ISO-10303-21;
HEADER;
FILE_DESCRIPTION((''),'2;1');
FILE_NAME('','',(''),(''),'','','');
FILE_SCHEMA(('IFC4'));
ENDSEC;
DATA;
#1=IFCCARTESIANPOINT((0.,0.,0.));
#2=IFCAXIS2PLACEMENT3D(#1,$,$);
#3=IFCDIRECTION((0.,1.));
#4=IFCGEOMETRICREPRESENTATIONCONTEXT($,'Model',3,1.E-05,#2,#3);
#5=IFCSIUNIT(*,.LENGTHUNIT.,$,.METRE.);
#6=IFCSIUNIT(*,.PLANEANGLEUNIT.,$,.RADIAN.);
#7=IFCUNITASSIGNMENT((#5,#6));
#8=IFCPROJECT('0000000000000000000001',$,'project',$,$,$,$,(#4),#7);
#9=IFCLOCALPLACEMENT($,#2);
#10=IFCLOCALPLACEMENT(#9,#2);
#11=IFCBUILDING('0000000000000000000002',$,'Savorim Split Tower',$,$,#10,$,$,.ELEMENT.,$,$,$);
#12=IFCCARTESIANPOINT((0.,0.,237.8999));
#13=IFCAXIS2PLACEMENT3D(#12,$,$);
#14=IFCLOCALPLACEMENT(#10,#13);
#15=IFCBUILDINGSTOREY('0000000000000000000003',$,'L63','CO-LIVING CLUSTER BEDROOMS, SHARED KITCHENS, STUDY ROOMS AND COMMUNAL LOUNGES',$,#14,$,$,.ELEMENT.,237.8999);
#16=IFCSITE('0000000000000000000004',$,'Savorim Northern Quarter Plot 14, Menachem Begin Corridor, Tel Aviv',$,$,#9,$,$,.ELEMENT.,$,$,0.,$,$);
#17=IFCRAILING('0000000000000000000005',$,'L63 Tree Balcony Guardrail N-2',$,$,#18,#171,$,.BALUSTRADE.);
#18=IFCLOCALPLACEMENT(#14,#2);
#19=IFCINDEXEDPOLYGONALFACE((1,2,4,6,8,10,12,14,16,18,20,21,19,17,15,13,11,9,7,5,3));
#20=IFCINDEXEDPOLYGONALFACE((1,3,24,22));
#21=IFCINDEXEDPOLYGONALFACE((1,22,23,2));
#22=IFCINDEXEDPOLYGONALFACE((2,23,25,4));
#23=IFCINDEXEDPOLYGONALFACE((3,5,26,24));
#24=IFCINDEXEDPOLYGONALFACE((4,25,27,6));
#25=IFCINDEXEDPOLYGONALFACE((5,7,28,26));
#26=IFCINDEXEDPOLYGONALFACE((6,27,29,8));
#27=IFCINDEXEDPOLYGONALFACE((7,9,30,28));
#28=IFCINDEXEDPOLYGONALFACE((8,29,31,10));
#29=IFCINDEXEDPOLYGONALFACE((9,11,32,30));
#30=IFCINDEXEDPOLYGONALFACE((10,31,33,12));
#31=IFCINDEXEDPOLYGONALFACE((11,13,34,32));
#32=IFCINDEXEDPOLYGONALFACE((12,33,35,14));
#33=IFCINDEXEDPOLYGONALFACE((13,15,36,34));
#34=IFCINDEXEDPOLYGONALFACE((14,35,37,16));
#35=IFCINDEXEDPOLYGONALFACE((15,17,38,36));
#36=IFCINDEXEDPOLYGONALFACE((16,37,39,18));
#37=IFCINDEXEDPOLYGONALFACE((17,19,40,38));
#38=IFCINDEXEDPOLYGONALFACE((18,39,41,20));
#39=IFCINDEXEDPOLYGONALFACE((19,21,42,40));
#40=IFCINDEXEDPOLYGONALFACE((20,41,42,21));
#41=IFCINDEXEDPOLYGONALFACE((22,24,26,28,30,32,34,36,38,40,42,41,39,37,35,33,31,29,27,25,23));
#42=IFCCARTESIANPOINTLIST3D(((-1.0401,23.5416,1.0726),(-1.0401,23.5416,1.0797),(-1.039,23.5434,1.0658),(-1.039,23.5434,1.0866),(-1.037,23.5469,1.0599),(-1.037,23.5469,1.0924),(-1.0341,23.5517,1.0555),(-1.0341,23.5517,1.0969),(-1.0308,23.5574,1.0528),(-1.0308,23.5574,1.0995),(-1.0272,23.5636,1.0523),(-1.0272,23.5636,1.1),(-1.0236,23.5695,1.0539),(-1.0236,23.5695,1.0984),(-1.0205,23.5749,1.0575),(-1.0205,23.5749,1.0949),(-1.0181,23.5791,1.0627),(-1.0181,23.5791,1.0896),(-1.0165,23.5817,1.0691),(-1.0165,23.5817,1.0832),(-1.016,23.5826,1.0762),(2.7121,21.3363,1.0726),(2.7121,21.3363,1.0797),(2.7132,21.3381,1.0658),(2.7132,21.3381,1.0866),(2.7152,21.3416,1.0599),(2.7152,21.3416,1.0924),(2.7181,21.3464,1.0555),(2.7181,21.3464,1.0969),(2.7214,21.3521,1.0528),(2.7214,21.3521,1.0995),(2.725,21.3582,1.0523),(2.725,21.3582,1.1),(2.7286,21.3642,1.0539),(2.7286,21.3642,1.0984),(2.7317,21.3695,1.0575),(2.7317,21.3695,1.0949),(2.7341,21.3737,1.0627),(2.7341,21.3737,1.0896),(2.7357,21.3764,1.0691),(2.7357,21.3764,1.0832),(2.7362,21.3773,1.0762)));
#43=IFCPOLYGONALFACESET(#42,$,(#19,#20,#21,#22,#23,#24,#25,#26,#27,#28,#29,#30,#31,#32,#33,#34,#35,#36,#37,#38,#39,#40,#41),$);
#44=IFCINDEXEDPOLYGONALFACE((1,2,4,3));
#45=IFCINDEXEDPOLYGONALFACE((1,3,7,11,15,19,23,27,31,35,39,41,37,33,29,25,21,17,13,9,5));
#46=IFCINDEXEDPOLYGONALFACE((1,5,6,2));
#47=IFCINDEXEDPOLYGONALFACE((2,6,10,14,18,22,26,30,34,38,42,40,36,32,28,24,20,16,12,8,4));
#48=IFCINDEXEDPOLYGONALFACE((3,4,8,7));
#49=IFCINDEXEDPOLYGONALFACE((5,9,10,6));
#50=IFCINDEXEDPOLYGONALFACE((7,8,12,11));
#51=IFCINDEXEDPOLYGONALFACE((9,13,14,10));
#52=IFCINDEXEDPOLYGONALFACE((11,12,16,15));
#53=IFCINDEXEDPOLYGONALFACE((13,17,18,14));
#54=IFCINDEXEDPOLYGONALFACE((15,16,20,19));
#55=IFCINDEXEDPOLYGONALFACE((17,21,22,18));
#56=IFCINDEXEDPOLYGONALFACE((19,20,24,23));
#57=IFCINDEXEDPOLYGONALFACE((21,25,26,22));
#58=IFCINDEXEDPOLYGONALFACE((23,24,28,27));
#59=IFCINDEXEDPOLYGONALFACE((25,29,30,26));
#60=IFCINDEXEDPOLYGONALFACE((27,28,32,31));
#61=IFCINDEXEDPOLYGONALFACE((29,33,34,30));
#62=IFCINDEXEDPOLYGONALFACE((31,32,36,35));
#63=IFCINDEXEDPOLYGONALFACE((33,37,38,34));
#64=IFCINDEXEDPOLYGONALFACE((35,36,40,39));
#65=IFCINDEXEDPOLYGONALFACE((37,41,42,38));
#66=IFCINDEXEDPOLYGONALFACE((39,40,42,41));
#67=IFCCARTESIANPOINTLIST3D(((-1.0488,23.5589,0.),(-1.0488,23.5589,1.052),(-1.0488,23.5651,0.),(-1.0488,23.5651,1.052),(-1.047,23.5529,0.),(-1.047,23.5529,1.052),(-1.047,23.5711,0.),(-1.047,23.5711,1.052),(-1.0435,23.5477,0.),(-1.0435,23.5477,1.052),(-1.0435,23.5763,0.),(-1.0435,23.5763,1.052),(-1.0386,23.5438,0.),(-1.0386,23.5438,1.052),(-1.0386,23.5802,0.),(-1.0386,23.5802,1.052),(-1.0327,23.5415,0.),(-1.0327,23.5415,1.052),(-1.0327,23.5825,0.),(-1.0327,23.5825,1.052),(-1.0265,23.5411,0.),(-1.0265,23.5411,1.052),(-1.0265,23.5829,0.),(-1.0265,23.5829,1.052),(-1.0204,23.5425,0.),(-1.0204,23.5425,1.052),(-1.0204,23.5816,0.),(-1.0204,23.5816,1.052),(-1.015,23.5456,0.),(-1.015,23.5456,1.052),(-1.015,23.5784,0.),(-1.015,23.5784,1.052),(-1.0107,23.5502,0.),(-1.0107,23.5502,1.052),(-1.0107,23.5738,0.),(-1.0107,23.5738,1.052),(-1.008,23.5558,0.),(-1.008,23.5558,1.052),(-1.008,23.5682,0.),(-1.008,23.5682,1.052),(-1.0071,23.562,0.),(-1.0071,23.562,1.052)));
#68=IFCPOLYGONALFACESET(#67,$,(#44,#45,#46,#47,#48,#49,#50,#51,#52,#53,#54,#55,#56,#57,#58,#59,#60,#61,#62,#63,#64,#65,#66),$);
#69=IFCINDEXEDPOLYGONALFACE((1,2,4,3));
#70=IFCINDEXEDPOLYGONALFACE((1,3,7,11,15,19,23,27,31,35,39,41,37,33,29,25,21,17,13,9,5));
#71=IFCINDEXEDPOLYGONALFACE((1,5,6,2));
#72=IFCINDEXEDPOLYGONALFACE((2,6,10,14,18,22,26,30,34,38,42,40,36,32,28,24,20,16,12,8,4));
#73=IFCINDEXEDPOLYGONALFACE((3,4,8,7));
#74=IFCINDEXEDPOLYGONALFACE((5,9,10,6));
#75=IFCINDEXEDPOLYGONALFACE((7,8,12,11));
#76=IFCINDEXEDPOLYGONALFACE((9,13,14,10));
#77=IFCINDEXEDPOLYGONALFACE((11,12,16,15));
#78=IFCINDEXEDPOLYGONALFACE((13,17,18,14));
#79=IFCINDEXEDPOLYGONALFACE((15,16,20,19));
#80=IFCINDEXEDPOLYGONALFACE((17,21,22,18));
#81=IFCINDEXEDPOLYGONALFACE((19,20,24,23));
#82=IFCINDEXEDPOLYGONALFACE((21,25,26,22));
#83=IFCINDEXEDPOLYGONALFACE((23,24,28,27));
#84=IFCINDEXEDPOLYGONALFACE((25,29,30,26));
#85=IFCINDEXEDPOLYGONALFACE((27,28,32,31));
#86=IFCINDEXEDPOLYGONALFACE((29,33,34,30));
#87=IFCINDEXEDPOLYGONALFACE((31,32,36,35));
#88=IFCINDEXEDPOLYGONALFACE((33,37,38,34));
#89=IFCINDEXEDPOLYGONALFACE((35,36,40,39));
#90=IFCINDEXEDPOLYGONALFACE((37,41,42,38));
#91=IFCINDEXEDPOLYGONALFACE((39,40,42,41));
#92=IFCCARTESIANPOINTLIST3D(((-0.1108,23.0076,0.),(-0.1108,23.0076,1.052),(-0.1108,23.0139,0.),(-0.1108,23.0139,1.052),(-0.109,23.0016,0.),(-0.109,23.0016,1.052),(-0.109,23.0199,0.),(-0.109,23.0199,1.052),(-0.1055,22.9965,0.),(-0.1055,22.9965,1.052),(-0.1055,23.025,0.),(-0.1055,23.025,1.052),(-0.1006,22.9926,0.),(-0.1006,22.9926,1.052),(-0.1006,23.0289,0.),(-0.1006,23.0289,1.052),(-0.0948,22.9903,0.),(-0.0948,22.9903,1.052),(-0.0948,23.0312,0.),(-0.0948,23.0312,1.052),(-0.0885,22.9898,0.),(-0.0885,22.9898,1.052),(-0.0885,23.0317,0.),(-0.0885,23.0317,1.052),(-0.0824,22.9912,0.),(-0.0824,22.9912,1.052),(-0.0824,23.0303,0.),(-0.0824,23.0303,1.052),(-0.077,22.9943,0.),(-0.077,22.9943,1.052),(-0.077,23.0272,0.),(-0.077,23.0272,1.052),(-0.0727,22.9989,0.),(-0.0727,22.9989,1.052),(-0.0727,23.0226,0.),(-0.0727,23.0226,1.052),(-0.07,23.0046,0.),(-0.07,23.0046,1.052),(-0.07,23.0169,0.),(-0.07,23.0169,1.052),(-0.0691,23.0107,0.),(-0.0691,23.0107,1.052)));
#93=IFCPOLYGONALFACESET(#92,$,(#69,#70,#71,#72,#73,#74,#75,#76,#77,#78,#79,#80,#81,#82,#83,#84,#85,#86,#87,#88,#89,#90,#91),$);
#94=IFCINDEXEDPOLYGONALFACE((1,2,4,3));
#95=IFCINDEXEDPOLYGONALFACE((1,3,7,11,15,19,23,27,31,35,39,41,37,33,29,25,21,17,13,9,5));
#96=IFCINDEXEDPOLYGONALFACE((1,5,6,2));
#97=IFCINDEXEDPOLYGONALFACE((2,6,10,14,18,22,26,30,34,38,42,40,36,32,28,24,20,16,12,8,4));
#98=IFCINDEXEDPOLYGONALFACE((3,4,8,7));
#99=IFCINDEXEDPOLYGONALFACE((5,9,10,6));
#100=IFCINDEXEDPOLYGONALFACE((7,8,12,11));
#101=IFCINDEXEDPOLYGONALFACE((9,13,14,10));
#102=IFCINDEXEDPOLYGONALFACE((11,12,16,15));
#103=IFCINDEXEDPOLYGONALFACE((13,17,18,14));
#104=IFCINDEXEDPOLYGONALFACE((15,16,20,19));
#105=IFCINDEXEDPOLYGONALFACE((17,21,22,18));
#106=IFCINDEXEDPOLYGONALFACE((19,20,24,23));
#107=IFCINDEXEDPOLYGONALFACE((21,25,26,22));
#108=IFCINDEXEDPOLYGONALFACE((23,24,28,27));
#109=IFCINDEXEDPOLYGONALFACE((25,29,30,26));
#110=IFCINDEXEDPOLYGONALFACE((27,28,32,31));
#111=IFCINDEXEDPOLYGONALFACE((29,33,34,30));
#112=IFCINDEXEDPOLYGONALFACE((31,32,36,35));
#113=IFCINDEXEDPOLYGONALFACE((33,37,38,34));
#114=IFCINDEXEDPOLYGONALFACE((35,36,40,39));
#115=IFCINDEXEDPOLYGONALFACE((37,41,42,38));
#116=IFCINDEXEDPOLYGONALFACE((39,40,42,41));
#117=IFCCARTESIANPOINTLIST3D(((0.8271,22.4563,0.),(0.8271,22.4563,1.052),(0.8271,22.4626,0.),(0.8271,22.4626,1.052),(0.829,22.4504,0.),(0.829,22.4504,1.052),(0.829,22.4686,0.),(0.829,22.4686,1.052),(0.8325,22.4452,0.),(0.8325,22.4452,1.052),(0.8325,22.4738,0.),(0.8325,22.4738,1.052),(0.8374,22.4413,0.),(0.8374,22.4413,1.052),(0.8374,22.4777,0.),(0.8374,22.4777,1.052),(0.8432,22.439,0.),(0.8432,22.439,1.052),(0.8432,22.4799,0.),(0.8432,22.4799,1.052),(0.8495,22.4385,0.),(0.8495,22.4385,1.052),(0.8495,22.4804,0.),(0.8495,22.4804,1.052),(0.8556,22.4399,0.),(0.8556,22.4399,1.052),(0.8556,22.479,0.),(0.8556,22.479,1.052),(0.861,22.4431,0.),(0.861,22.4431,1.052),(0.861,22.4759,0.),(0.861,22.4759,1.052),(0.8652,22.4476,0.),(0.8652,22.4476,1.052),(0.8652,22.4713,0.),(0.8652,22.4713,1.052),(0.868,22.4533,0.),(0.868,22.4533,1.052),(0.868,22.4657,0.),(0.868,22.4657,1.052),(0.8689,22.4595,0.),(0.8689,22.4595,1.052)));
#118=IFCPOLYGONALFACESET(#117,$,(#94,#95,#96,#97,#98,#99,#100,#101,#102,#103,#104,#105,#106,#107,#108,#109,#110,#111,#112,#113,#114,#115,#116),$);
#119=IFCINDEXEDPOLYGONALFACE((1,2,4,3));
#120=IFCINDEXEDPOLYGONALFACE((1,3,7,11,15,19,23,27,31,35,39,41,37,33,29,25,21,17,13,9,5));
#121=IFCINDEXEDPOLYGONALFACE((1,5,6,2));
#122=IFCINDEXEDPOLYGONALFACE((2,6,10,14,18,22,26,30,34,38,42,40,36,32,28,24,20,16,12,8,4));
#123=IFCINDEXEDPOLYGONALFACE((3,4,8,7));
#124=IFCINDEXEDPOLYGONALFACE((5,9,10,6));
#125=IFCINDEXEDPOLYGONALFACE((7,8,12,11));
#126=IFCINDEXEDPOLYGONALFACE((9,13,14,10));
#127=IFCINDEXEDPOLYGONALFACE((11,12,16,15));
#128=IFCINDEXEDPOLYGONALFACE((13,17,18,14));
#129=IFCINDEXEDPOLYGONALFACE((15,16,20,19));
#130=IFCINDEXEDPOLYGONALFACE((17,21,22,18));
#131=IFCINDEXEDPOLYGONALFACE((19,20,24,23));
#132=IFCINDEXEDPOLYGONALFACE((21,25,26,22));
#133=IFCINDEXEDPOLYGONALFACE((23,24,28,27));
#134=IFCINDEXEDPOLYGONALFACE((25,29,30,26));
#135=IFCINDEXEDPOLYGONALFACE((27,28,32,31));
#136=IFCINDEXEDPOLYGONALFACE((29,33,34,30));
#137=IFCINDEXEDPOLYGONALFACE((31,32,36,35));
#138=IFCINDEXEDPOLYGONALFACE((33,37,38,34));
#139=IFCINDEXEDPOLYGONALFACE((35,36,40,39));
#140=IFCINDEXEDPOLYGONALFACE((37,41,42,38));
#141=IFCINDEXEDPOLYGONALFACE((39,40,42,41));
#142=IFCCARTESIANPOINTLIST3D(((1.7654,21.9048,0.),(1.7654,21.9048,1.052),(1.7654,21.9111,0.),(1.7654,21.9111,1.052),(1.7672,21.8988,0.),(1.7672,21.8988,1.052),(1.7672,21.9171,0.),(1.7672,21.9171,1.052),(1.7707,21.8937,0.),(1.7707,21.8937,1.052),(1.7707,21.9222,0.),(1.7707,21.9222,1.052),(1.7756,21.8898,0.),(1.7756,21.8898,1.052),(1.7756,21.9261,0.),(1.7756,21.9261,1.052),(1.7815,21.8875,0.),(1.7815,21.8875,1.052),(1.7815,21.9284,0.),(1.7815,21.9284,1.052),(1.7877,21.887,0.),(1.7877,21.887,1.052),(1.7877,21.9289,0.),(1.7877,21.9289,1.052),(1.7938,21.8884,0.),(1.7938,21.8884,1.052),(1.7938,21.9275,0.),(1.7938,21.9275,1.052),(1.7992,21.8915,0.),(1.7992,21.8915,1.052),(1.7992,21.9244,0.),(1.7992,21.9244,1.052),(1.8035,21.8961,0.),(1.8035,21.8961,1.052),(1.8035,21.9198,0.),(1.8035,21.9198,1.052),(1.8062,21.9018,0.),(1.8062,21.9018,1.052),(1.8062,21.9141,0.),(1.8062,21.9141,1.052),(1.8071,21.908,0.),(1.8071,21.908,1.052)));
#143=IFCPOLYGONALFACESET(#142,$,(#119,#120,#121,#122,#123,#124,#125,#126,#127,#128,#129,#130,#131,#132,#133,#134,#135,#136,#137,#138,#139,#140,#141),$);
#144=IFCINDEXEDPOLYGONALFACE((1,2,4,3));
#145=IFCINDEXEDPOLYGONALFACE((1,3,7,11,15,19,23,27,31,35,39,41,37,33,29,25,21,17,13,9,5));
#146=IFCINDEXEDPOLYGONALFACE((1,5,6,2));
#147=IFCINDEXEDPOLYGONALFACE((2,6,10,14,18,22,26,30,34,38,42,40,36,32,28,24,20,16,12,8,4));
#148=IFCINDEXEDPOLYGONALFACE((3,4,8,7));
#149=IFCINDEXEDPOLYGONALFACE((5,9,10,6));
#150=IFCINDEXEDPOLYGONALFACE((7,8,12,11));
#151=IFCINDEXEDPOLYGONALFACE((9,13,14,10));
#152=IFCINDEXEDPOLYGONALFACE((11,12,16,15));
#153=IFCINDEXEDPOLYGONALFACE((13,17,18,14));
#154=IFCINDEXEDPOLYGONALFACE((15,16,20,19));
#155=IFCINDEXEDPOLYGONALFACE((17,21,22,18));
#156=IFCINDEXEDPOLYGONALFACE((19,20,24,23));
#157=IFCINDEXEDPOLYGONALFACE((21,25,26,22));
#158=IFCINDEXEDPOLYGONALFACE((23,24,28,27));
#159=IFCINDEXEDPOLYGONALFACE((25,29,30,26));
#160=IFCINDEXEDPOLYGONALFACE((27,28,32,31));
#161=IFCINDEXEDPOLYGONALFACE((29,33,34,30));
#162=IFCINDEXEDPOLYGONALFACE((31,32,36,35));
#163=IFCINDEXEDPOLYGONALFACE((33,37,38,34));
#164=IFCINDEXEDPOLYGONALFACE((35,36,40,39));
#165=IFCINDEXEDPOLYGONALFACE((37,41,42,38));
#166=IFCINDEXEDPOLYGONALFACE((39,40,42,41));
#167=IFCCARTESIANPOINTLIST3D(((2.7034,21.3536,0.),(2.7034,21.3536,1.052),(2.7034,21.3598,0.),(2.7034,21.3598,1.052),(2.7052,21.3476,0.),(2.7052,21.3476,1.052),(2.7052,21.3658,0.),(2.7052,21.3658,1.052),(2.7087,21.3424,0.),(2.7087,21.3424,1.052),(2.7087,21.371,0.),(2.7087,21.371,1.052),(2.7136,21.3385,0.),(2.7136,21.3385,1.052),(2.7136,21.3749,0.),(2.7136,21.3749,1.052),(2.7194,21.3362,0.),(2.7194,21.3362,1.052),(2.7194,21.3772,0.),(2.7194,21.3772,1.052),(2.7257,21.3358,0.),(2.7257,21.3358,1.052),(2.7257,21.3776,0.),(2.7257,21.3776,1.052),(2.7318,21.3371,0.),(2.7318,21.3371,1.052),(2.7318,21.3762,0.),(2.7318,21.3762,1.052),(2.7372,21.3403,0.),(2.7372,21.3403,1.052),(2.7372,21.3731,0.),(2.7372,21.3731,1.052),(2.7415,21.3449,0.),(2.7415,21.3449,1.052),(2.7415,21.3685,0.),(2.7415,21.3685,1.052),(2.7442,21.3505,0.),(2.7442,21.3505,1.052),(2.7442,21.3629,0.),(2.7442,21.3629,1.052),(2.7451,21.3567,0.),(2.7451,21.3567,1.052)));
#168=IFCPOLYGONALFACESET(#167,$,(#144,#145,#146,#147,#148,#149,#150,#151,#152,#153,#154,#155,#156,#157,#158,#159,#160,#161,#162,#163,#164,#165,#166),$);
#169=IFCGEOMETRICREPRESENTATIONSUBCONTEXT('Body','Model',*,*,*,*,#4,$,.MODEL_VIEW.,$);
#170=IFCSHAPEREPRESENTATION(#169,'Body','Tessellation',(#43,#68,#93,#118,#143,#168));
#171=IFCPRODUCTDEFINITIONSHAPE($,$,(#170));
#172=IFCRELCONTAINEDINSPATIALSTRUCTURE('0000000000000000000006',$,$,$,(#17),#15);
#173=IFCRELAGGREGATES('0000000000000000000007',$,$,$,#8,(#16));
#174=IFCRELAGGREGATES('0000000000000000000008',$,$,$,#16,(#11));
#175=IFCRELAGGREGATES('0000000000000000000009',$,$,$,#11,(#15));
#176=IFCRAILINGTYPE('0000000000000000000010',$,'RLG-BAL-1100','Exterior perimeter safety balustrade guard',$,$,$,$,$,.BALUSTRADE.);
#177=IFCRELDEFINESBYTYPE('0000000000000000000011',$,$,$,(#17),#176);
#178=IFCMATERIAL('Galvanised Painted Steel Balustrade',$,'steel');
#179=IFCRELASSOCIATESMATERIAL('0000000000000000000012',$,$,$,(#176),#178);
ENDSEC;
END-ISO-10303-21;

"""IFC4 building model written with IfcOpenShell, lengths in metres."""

from ifc_helpers import new_model, si_unit, direction, frame, origin, origin_2d, place, context, subcontext, project, spatial, circle, extrude, material, type_object, element, save


model = new_model("IFC4")

# Units and contexts
model_context = context("Model", 3, precision=1e-05, world=origin(), true_north=direction((0.0, 1.0)))
body_context = subcontext(model_context, "Body", "Model", "MODEL_VIEW")
ifc_project = project(units=[si_unit("LENGTHUNIT", "METRE"), si_unit("PLANEANGLEUNIT", "RADIAN")], contexts=[model_context])

# Site, building, storey
site_placement = place(None, origin())
site = spatial("IfcSite", under=ifc_project, at=site_placement, Name="Savorim Northern Quarter Plot 14, Menachem Begin Corridor, Tel Aviv", CompositionType="ELEMENT", RefElevation=0.0)
building_placement = place(site_placement, origin())
building = spatial("IfcBuilding", under=site, at=building_placement, Name="Savorim Split Tower", CompositionType="ELEMENT")
storey_placement = place(building_placement, frame((0.0, 0.0, 237.8999)))
storey = spatial("IfcBuildingStorey", under=building, at=storey_placement, Name="L63", Description="CO-LIVING CLUSTER BEDROOMS, SHARED KITCHENS, STUDY ROOMS AND COMMUNAL LOUNGES", CompositionType="ELEMENT", Elevation=237.8999)

# Railing
ifc_material_1 = material(Name="Galvanised Painted Steel Balustrade", Category="steel")
railing_type = type_object("IfcRailingType", Name="RLG-BAL-1100", Description="Exterior perimeter safety balustrade guard", PredefinedType="BALUSTRADE", material=ifc_material_1)
railing_1_placement = place(storey_placement, frame((-1.0281, 23.562, 0.0)))
element("IfcRailing", 1, at=railing_1_placement, inside=storey, type_object=railing_type, Name="L63 Tree Balcony Guardrail N-2", PredefinedType="BALUSTRADE", context=body_context, shape_type="SweptSolid", body=[
    extrude(circle(Radius=0.0239, at=origin_2d()), frame((0.0, 0.0, 1.0762), z_axis=(0.86212, -0.506704, 0.0), x_axis=(0.506704, 0.86212, 0.0)), (0.0, 0.0, 1.0), 4.3523),
    extrude(circle(Radius=0.021, at=origin_2d()), origin(), (0.0, 0.0, 1.0), 1.052),
    extrude(circle(Radius=0.021, at=origin_2d()), frame((0.938, -0.5513, 0.0)), (0.0, 0.0, 1.0), 1.052),
    extrude(circle(Radius=0.021, at=origin_2d()), frame((1.876, -1.1025, 0.0)), (0.0, 0.0, 1.0), 1.052),
    extrude(circle(Radius=0.021, at=origin_2d()), frame((2.8142, -1.6541, 0.0)), (0.0, 0.0, 1.0), 1.052),
    extrude(circle(Radius=0.021, at=origin_2d()), frame((3.7522, -2.2053, 0.0)), (0.0, 0.0, 1.0), 1.052),
])

save(model, "model.ifc")
